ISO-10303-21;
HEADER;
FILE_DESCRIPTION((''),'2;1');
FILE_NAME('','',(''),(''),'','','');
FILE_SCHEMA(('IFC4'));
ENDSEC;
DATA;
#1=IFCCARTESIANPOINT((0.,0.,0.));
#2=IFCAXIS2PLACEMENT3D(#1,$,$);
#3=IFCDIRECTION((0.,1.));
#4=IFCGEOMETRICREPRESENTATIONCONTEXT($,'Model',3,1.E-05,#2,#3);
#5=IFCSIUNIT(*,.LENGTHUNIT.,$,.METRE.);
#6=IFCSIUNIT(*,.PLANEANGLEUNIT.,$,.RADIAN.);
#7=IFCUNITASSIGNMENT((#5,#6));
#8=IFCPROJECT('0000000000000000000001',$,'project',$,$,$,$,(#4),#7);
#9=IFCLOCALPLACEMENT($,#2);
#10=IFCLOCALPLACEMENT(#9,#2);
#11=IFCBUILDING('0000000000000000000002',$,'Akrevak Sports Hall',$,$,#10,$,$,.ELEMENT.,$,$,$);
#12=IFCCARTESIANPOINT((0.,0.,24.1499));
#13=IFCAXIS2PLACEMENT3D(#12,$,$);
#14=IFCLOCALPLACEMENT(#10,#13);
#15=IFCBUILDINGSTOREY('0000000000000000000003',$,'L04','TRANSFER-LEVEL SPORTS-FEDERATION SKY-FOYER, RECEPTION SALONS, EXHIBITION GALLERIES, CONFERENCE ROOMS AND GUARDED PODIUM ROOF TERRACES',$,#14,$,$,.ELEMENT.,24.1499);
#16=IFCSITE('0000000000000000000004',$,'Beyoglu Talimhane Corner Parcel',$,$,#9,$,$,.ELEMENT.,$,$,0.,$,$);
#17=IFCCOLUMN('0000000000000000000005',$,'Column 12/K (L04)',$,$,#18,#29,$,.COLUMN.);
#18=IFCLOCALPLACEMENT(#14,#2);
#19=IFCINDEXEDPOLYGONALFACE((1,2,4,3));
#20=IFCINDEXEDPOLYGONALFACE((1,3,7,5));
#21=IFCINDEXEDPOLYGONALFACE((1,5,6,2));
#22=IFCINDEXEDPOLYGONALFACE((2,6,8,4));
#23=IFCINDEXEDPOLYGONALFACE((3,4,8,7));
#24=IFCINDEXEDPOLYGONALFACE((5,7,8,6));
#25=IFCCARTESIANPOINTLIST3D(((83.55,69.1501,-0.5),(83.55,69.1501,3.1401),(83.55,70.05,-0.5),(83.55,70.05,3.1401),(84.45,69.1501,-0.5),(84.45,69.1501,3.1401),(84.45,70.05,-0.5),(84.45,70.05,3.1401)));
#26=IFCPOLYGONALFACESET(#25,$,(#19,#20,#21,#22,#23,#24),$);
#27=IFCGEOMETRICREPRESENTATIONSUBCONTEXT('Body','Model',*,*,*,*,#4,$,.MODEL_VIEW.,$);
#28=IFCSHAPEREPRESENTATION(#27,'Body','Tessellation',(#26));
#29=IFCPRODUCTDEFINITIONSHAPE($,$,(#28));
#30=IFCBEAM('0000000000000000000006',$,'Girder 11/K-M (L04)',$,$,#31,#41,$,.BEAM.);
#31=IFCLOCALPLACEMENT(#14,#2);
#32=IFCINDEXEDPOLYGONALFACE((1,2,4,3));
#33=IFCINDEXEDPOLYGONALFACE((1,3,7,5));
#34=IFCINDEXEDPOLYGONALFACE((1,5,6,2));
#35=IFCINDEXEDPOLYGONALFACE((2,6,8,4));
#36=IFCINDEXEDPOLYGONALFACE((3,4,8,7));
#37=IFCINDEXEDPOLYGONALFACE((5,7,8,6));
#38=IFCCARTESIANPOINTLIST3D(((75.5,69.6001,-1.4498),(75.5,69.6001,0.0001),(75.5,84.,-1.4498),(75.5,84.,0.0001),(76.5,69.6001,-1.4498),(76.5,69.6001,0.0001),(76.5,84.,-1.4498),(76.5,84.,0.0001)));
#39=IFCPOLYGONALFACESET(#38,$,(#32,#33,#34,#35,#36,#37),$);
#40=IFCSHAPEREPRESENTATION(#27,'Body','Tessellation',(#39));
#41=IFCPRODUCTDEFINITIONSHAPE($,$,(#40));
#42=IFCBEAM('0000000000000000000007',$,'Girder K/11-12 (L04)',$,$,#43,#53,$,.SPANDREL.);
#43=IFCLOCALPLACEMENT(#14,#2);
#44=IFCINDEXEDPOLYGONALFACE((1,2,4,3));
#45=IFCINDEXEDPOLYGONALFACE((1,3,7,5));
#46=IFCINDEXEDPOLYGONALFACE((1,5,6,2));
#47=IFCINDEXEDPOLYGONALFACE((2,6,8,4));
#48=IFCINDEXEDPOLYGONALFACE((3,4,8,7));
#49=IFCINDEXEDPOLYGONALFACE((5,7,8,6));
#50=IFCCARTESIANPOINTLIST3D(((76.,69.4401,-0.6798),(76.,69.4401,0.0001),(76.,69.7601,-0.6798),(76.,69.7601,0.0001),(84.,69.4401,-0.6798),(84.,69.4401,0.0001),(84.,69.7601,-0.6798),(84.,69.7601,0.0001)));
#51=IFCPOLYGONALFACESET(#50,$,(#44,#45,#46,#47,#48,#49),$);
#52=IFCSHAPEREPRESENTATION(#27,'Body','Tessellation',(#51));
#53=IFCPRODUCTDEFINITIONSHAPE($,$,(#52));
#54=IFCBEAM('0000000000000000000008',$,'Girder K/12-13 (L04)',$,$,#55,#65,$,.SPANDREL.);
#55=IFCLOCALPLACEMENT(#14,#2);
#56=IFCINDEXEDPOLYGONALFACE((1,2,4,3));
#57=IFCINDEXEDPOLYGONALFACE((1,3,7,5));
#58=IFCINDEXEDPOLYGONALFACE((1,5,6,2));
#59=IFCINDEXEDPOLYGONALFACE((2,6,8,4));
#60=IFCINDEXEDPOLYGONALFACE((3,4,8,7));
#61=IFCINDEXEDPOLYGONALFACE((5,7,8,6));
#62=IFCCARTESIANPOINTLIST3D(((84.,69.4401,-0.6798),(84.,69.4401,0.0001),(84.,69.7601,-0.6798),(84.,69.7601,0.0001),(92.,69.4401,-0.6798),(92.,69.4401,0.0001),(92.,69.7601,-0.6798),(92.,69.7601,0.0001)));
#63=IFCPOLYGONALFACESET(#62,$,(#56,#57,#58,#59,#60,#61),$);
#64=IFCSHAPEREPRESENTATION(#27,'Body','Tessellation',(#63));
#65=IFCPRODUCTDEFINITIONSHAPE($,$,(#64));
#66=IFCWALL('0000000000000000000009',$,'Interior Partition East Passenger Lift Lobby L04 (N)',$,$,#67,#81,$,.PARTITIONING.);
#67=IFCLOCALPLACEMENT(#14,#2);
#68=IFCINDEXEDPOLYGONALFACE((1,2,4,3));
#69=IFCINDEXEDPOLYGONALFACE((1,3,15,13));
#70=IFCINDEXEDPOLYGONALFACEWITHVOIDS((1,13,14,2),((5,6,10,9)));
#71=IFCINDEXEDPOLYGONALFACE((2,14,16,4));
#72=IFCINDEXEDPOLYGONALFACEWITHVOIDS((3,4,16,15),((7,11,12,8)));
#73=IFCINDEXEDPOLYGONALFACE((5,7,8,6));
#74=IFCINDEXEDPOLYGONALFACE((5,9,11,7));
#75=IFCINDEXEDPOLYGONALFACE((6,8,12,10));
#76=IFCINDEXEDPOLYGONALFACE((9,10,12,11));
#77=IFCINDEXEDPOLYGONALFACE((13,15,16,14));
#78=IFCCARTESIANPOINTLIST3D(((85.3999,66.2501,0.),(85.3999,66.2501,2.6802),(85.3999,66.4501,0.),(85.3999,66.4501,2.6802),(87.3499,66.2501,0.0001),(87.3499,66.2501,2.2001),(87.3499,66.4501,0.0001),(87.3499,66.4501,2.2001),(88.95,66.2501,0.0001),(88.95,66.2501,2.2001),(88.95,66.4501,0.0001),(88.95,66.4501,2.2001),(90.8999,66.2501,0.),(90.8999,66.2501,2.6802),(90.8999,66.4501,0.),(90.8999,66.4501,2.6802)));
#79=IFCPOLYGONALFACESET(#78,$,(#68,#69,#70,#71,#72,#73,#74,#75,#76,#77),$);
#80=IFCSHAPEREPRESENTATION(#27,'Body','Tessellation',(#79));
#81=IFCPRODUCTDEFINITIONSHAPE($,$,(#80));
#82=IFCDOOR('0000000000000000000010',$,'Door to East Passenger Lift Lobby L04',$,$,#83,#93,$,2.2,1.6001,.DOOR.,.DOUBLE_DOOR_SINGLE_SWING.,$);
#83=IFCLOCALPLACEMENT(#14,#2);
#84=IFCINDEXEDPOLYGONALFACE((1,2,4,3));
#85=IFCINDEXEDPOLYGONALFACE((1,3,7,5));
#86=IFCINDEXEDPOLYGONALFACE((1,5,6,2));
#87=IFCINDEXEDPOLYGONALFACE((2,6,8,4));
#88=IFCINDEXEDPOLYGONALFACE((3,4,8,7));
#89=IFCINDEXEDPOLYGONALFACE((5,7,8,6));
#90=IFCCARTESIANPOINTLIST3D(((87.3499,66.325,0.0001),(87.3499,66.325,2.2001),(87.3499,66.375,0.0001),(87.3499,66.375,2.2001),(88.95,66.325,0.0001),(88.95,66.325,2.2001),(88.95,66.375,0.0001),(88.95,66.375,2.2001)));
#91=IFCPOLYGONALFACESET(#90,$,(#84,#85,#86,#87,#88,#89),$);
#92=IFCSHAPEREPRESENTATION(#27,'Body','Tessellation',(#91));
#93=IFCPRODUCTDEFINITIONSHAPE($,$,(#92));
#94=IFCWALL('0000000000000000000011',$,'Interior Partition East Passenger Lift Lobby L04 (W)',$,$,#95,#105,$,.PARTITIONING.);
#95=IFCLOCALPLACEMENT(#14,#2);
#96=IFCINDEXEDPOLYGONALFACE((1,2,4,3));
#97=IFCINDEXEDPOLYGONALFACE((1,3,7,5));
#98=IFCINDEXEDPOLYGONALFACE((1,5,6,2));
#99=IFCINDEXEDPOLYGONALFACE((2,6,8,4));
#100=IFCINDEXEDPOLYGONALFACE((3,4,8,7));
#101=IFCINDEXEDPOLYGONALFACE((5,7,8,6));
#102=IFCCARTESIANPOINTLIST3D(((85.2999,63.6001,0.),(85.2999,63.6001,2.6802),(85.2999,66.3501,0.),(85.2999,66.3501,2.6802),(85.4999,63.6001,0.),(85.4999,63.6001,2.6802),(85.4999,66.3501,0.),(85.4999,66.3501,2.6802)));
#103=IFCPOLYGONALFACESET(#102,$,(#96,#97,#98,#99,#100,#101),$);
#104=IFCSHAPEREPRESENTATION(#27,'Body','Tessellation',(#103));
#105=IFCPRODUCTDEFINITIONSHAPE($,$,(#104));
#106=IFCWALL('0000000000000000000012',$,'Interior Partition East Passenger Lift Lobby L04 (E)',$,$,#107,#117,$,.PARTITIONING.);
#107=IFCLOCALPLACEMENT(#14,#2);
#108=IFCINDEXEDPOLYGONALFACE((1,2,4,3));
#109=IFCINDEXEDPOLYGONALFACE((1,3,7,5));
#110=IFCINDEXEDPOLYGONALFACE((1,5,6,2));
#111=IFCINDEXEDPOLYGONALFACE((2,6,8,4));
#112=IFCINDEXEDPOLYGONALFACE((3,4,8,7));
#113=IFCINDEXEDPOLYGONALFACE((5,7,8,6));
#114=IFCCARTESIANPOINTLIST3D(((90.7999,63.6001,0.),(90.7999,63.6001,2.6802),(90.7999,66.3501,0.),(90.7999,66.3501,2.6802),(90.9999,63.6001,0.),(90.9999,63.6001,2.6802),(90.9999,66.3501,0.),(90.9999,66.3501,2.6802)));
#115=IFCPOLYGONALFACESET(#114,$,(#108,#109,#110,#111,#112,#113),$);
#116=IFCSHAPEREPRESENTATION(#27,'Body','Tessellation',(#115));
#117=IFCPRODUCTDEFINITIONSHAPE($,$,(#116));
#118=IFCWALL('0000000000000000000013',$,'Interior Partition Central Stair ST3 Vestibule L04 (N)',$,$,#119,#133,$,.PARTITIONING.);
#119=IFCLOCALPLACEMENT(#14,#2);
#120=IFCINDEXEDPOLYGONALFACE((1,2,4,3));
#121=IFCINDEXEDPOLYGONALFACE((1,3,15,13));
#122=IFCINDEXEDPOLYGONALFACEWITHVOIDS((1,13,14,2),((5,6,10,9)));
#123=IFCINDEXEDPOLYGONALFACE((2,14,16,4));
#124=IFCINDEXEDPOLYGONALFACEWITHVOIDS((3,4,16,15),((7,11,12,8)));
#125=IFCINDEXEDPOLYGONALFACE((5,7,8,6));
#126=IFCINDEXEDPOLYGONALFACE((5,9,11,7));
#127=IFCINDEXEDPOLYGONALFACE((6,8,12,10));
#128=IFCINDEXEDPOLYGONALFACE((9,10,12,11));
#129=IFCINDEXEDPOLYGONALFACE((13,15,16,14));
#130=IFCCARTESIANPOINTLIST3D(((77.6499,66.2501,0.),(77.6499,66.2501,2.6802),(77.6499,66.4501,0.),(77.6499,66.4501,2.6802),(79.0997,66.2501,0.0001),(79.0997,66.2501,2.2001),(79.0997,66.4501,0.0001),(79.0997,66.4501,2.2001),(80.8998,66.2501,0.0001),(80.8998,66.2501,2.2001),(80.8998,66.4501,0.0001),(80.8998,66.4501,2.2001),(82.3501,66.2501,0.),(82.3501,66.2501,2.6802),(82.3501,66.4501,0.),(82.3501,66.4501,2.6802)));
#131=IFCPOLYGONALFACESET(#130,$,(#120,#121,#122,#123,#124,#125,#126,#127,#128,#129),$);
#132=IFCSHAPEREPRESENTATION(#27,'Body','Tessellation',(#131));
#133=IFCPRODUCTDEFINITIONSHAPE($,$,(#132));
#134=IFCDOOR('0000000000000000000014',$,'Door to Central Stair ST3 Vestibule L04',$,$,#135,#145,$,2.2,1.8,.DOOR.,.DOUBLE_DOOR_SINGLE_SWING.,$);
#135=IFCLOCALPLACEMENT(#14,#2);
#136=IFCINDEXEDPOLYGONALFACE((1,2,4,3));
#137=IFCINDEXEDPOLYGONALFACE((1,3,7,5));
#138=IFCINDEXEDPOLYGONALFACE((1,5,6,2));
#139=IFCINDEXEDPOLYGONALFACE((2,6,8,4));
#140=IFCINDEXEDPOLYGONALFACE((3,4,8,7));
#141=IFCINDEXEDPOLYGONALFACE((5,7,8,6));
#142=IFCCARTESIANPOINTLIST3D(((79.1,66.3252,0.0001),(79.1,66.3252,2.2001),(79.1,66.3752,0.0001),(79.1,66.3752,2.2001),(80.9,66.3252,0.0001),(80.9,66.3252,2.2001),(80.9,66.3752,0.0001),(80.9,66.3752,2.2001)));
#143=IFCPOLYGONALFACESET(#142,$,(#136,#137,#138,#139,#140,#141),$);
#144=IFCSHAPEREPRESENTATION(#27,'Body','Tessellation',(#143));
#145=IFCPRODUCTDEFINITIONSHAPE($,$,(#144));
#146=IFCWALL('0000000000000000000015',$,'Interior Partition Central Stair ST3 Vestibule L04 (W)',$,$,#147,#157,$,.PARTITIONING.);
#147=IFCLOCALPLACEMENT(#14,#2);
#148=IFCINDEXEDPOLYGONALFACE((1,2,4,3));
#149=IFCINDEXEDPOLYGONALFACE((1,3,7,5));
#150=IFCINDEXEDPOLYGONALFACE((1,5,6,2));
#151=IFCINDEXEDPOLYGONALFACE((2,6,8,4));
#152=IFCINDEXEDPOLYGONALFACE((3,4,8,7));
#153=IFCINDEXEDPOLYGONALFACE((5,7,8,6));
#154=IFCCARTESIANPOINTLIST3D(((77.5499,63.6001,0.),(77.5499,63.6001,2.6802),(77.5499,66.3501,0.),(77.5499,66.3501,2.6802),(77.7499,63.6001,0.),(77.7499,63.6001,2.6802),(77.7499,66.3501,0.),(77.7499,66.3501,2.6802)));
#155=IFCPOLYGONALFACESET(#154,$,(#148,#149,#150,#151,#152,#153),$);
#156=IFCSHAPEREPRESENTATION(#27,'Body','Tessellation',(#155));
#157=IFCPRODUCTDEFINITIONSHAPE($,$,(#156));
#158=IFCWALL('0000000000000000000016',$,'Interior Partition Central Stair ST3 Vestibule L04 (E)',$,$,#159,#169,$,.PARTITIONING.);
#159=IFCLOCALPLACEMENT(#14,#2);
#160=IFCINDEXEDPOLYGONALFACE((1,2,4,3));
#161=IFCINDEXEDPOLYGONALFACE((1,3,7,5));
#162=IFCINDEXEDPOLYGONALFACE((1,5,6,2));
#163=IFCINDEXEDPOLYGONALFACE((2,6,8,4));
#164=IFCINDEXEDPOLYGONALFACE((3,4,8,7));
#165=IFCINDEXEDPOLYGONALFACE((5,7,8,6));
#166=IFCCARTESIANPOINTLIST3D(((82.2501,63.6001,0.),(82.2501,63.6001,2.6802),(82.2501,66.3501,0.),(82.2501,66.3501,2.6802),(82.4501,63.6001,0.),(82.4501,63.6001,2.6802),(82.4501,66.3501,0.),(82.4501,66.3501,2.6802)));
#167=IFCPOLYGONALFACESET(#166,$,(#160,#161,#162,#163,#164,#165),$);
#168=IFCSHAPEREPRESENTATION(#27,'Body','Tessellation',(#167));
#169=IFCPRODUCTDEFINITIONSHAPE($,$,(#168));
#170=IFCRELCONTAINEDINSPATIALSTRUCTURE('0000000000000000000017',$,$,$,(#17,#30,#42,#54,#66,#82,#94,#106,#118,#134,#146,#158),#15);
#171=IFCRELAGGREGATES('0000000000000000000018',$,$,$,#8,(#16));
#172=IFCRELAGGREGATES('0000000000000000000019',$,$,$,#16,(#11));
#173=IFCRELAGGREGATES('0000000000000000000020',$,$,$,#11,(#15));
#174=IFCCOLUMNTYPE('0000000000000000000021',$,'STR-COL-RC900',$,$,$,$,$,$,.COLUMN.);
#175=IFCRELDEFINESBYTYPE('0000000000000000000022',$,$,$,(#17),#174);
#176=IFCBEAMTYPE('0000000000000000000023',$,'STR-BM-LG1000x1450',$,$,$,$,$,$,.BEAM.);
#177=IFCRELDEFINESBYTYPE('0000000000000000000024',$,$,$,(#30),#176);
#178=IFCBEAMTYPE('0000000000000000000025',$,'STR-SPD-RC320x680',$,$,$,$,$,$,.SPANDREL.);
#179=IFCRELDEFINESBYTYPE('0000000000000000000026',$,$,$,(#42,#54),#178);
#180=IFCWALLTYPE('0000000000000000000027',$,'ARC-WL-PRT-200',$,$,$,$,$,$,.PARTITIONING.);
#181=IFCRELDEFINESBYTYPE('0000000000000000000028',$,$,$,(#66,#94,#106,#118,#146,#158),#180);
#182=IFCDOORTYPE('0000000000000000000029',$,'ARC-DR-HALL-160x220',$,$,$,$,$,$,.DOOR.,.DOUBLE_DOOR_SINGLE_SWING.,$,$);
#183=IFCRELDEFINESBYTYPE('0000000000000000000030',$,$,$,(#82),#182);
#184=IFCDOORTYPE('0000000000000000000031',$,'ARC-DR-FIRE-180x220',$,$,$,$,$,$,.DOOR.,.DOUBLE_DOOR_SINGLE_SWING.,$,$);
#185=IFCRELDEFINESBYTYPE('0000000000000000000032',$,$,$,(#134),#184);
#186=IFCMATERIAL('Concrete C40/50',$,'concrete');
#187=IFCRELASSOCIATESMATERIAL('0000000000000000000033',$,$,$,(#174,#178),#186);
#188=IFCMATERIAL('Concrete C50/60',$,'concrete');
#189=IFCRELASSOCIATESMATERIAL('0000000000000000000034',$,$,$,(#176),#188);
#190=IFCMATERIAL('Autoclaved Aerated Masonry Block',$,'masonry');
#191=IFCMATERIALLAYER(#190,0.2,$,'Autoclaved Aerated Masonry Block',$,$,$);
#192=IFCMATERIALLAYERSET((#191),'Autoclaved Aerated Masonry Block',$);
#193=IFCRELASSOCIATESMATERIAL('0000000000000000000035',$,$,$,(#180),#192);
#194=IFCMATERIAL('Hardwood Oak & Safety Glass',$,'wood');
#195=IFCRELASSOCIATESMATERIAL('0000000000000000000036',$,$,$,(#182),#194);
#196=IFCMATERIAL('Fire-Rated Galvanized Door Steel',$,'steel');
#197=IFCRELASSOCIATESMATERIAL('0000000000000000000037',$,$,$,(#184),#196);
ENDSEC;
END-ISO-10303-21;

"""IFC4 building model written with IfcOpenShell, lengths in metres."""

from ifc_helpers import new_model, si_unit, direction, frame, frame_2d, origin, origin_2d, place, context, subcontext, project, spatial, rectangle, extrude, material, layer, layer_set, material_profile, profile_set, type_object, element, fill, save


model = new_model("IFC4")

# Units and contexts
model_context = context("Model", 3, precision=1e-05, world=origin(), true_north=direction((0.0, 1.0)))
body_context = subcontext(model_context, "Body", "Model", "MODEL_VIEW")
ifc_project = project(units=[si_unit("LENGTHUNIT", "METRE"), si_unit("PLANEANGLEUNIT", "RADIAN")], contexts=[model_context])

# Site, building, storey
site_placement = place(None, origin())
site = spatial("IfcSite", under=ifc_project, at=site_placement, Name="Beyoglu Talimhane Corner Parcel", CompositionType="ELEMENT", RefElevation=0.0)
building_placement = place(site_placement, origin())
building = spatial("IfcBuilding", under=site, at=building_placement, Name="Akrevak Sports Hall", CompositionType="ELEMENT")
storey_placement = place(building_placement, frame((0.0, 0.0, 24.1499)))
storey = spatial("IfcBuildingStorey", under=building, at=storey_placement, Name="L04", Description="TRANSFER-LEVEL SPORTS-FEDERATION SKY-FOYER, RECEPTION SALONS, EXHIBITION GALLERIES, CONFERENCE ROOMS AND GUARDED PODIUM ROOF TERRACES", CompositionType="ELEMENT", Elevation=24.1499)

# Column
ifc_material_1 = material(Name="Concrete C40/50", Category="concrete")
ifc_material_profile_1 = material_profile(ifc_material_1, rectangle(XDim=0.8999, YDim=0.8999, at=origin_2d()), Name="RC 900x900", Category="concrete")
ifc_profile_set_1 = profile_set([ifc_material_profile_1], Name="Concrete C40/50")
column_type = type_object("IfcColumnType", Name="STR-COL-RC900", PredefinedType="COLUMN", material=ifc_profile_set_1)
column_placement = place(storey_placement, frame((84.0, 69.6001, -0.5), z_axis=(0.0, 0.0, 1.0), x_axis=(1.0, 0.0, 0.0)))
element("IfcColumn", 1, at=column_placement, inside=storey, type_object=column_type, Name="Column 12/K (L04)", PredefinedType="COLUMN", context=body_context, shape_type="SweptSolid", body=[
    extrude(rectangle(XDim=0.8999, YDim=0.8999, at=origin_2d()), origin(), (0.0, 0.0, 1.0), 3.6401),
])

# Beams
ifc_material_2 = material(Name="Concrete C50/60", Category="concrete")
ifc_material_profile_2 = material_profile(ifc_material_2, rectangle(XDim=1.0, YDim=1.45, at=origin_2d()), Name="BM 1000x1450", Category="concrete")
ifc_profile_set_2 = profile_set([ifc_material_profile_2], Name="Concrete C50/60")
beam_type_1 = type_object("IfcBeamType", Name="STR-BM-LG1000x1450", PredefinedType="BEAM", material=ifc_profile_set_2)
beam_placement = place(storey_placement, frame((76.0, 69.6001, -0.7249), z_axis=(0.0, 1.0, 0.0), x_axis=(-1.0, 0.0, 0.0)))
element("IfcBeam", 2, at=beam_placement, inside=storey, type_object=beam_type_1, Name="Girder 11/K-M (L04)", PredefinedType="BEAM", context=body_context, shape_type="SweptSolid", body=[
    extrude(rectangle(XDim=1.0, YDim=1.45, at=origin_2d()), origin(), (0.0, 0.0, 1.0), 14.3999),
])
ifc_material_profile_3 = material_profile(ifc_material_1, rectangle(XDim=0.3201, YDim=0.6799, at=origin_2d()), Name="SPD 320x680", Category="concrete")
ifc_profile_set_3 = profile_set([ifc_material_profile_3], Name="Concrete C40/50")
beam_type_2 = type_object("IfcBeamType", Name="STR-SPD-RC320x680", PredefinedType="SPANDREL", material=ifc_profile_set_3)
for number, where, z_axis, x_axis, name in (
    (3, (76.0, 69.6001, -0.3398), (1.0, 0.0, 0.0), (0.0, 1.0, 0.0), "Girder K/11-12 (L04)"),
    (4, (84.0, 69.6001, -0.3398), (1.0, 0.0, 0.0), (0.0, 1.0, 0.0), "Girder K/12-13 (L04)"),
):
    element("IfcBeam", number, at=place(storey_placement, frame(where, z_axis=z_axis, x_axis=x_axis)), inside=storey, type_object=beam_type_2, Name=name, PredefinedType="SPANDREL", context=body_context, shape_type="SweptSolid", body=[
        extrude(rectangle(XDim=0.3201, YDim=0.6799, at=origin_2d()), origin(), (0.0, 0.0, 1.0), 8.0),
    ])

# Wall, opening, door
ifc_material_3 = material(Name="Autoclaved Aerated Masonry Block", Category="masonry")
ifc_layer_1 = layer(ifc_material_3, 0.2, Name="Autoclaved Aerated Masonry Block")
ifc_layer_set_1 = layer_set([ifc_layer_1], Name="Autoclaved Aerated Masonry Block")
wall_type_1 = type_object("IfcWallType", Name="ARC-WL-PRT-200", PredefinedType="PARTITIONING", material=ifc_layer_set_1)
wall_1_placement = place(storey_placement, frame((85.3999, 66.3501, 0.0), z_axis=(0.0, 0.0, 1.0), x_axis=(1.0, 0.0, 0.0)))
wall_1 = element("IfcWall", 5, at=wall_1_placement, inside=storey, type_object=wall_type_1, Name="Interior Partition East Passenger Lift Lobby L04 (N)", PredefinedType="PARTITIONING", context=body_context, shape_type="SweptSolid", body=[
    extrude(rectangle(XDim=5.5, YDim=0.2, at=frame_2d((2.75, 0.0))), origin(), (0.0, 0.0, 1.0), 2.6802),
])
opening_1_placement = place(wall_1_placement, frame((1.95, 0.0, 0.0)))
opening_1 = element("IfcOpeningElement", 6, at=opening_1_placement, cuts=wall_1, PredefinedType="OPENING", context=body_context, shape_type="SweptSolid", body=[
    extrude(rectangle(XDim=1.6001, YDim=2.2, at=frame_2d((0.8, 1.1001))), frame((0.0, 0.1118, 0.0), z_axis=(0.0, -1.0, 0.0), x_axis=(1.0, 0.0, 0.0)), (0.0, 0.0, 1.0), 0.2239),
])
ifc_material_4 = material(Name="Hardwood Oak & Safety Glass", Category="wood")
door_type_1 = type_object("IfcDoorType", Name="ARC-DR-HALL-160x220", OperationType="DOUBLE_DOOR_SINGLE_SWING", PredefinedType="DOOR", material=ifc_material_4)
door_1_placement = place(opening_1_placement, origin())
door_1 = element("IfcDoor", 7, at=door_1_placement, inside=storey, type_object=door_type_1, Name="Door to East Passenger Lift Lobby L04", OperationType="DOUBLE_DOOR_SINGLE_SWING", OverallHeight=2.2, OverallWidth=1.6001, PredefinedType="DOOR", context=body_context, shape_type="SweptSolid", body=[
    extrude(rectangle(XDim=1.6001, YDim=2.2, at=frame_2d((0.8, 1.1001))), frame((0.0, 0.0249, 0.0), z_axis=(0.0, -1.0, 0.0), x_axis=(1.0, 0.0, 0.0)), (0.0, 0.0, 1.0), 0.05),
])
fill(opening_1, door_1)

# Walls
for number, where, z_axis, x_axis, name in (
    (8, (85.3999, 63.6001, 0.0), (0.0, 0.0, 1.0), (0.0, 1.0, 0.0), "Interior Partition East Passenger Lift Lobby L04 (W)"),
    (9, (90.8999, 63.6001, 0.0), (0.0, 0.0, 1.0), (0.0, 1.0, 0.0), "Interior Partition East Passenger Lift Lobby L04 (E)"),
):
    element("IfcWall", number, at=place(storey_placement, frame(where, z_axis=z_axis, x_axis=x_axis)), inside=storey, type_object=wall_type_1, Name=name, PredefinedType="PARTITIONING", context=body_context, shape_type="SweptSolid", body=[
        extrude(rectangle(XDim=2.75, YDim=0.2, at=frame_2d((1.375, 0.0))), origin(), (0.0, 0.0, 1.0), 2.6802),
    ])

# Wall, opening, door
wall_2_placement = place(storey_placement, frame((77.6499, 66.3501, 0.0), z_axis=(0.0, 0.0, 1.0), x_axis=(1.0, 0.0, 0.0)))
wall_2 = element("IfcWall", 10, at=wall_2_placement, inside=storey, type_object=wall_type_1, Name="Interior Partition Central Stair ST3 Vestibule L04 (N)", PredefinedType="PARTITIONING", context=body_context, shape_type="SweptSolid", body=[
    extrude(rectangle(XDim=4.7002, YDim=0.2, at=frame_2d((2.3501, 0.0))), origin(), (0.0, 0.0, 1.0), 2.6802),
])
opening_2_placement = place(wall_2_placement, frame((1.45, 0.0, 0.0)))
opening_2 = element("IfcOpeningElement", 11, at=opening_2_placement, cuts=wall_2, PredefinedType="OPENING", context=body_context, shape_type="SweptSolid", body=[
    extrude(rectangle(XDim=1.8, YDim=2.2, at=frame_2d((0.8999, 1.1001))), frame((0.0, 0.1118, 0.0), z_axis=(0.0, -1.0, 0.0), x_axis=(1.0, 0.0, 0.0)), (0.0, 0.0, 1.0), 0.2239),
])
ifc_material_5 = material(Name="Fire-Rated Galvanized Door Steel", Category="steel")
door_type_2 = type_object("IfcDoorType", Name="ARC-DR-FIRE-180x220", OperationType="DOUBLE_DOOR_SINGLE_SWING", PredefinedType="DOOR", material=ifc_material_5)
door_2_placement = place(opening_2_placement, frame((1.8, 0.0, 0.0), z_axis=(0.0, 0.0, 1.0), x_axis=(-1.0, 0.0, 0.0)))
door_2 = element("IfcDoor", 12, at=door_2_placement, inside=storey, type_object=door_type_2, Name="Door to Central Stair ST3 Vestibule L04", OperationType="DOUBLE_DOOR_SINGLE_SWING", OverallHeight=2.2, OverallWidth=1.8, PredefinedType="DOOR", context=body_context, shape_type="SweptSolid", body=[
    extrude(rectangle(XDim=1.8, YDim=2.2, at=frame_2d((0.8999, 1.1001))), frame((0.0, 0.0249, 0.0), z_axis=(0.0, -1.0, 0.0), x_axis=(1.0, 0.0, 0.0)), (0.0, 0.0, 1.0), 0.05),
])
fill(opening_2, door_2)

# Walls
for number, where, z_axis, x_axis, name in (
    (13, (77.6499, 63.6001, 0.0), (0.0, 0.0, 1.0), (0.0, 1.0, 0.0), "Interior Partition Central Stair ST3 Vestibule L04 (W)"),
    (14, (82.3501, 63.6001, 0.0), (0.0, 0.0, 1.0), (0.0, 1.0, 0.0), "Interior Partition Central Stair ST3 Vestibule L04 (E)"),
):
    element("IfcWall", number, at=place(storey_placement, frame(where, z_axis=z_axis, x_axis=x_axis)), inside=storey, type_object=wall_type_1, Name=name, PredefinedType="PARTITIONING", context=body_context, shape_type="SweptSolid", body=[
        extrude(rectangle(XDim=2.75, YDim=0.2, at=frame_2d((1.375, 0.0))), origin(), (0.0, 0.0, 1.0), 2.6802),
    ])

save(model, "model.ifc")
